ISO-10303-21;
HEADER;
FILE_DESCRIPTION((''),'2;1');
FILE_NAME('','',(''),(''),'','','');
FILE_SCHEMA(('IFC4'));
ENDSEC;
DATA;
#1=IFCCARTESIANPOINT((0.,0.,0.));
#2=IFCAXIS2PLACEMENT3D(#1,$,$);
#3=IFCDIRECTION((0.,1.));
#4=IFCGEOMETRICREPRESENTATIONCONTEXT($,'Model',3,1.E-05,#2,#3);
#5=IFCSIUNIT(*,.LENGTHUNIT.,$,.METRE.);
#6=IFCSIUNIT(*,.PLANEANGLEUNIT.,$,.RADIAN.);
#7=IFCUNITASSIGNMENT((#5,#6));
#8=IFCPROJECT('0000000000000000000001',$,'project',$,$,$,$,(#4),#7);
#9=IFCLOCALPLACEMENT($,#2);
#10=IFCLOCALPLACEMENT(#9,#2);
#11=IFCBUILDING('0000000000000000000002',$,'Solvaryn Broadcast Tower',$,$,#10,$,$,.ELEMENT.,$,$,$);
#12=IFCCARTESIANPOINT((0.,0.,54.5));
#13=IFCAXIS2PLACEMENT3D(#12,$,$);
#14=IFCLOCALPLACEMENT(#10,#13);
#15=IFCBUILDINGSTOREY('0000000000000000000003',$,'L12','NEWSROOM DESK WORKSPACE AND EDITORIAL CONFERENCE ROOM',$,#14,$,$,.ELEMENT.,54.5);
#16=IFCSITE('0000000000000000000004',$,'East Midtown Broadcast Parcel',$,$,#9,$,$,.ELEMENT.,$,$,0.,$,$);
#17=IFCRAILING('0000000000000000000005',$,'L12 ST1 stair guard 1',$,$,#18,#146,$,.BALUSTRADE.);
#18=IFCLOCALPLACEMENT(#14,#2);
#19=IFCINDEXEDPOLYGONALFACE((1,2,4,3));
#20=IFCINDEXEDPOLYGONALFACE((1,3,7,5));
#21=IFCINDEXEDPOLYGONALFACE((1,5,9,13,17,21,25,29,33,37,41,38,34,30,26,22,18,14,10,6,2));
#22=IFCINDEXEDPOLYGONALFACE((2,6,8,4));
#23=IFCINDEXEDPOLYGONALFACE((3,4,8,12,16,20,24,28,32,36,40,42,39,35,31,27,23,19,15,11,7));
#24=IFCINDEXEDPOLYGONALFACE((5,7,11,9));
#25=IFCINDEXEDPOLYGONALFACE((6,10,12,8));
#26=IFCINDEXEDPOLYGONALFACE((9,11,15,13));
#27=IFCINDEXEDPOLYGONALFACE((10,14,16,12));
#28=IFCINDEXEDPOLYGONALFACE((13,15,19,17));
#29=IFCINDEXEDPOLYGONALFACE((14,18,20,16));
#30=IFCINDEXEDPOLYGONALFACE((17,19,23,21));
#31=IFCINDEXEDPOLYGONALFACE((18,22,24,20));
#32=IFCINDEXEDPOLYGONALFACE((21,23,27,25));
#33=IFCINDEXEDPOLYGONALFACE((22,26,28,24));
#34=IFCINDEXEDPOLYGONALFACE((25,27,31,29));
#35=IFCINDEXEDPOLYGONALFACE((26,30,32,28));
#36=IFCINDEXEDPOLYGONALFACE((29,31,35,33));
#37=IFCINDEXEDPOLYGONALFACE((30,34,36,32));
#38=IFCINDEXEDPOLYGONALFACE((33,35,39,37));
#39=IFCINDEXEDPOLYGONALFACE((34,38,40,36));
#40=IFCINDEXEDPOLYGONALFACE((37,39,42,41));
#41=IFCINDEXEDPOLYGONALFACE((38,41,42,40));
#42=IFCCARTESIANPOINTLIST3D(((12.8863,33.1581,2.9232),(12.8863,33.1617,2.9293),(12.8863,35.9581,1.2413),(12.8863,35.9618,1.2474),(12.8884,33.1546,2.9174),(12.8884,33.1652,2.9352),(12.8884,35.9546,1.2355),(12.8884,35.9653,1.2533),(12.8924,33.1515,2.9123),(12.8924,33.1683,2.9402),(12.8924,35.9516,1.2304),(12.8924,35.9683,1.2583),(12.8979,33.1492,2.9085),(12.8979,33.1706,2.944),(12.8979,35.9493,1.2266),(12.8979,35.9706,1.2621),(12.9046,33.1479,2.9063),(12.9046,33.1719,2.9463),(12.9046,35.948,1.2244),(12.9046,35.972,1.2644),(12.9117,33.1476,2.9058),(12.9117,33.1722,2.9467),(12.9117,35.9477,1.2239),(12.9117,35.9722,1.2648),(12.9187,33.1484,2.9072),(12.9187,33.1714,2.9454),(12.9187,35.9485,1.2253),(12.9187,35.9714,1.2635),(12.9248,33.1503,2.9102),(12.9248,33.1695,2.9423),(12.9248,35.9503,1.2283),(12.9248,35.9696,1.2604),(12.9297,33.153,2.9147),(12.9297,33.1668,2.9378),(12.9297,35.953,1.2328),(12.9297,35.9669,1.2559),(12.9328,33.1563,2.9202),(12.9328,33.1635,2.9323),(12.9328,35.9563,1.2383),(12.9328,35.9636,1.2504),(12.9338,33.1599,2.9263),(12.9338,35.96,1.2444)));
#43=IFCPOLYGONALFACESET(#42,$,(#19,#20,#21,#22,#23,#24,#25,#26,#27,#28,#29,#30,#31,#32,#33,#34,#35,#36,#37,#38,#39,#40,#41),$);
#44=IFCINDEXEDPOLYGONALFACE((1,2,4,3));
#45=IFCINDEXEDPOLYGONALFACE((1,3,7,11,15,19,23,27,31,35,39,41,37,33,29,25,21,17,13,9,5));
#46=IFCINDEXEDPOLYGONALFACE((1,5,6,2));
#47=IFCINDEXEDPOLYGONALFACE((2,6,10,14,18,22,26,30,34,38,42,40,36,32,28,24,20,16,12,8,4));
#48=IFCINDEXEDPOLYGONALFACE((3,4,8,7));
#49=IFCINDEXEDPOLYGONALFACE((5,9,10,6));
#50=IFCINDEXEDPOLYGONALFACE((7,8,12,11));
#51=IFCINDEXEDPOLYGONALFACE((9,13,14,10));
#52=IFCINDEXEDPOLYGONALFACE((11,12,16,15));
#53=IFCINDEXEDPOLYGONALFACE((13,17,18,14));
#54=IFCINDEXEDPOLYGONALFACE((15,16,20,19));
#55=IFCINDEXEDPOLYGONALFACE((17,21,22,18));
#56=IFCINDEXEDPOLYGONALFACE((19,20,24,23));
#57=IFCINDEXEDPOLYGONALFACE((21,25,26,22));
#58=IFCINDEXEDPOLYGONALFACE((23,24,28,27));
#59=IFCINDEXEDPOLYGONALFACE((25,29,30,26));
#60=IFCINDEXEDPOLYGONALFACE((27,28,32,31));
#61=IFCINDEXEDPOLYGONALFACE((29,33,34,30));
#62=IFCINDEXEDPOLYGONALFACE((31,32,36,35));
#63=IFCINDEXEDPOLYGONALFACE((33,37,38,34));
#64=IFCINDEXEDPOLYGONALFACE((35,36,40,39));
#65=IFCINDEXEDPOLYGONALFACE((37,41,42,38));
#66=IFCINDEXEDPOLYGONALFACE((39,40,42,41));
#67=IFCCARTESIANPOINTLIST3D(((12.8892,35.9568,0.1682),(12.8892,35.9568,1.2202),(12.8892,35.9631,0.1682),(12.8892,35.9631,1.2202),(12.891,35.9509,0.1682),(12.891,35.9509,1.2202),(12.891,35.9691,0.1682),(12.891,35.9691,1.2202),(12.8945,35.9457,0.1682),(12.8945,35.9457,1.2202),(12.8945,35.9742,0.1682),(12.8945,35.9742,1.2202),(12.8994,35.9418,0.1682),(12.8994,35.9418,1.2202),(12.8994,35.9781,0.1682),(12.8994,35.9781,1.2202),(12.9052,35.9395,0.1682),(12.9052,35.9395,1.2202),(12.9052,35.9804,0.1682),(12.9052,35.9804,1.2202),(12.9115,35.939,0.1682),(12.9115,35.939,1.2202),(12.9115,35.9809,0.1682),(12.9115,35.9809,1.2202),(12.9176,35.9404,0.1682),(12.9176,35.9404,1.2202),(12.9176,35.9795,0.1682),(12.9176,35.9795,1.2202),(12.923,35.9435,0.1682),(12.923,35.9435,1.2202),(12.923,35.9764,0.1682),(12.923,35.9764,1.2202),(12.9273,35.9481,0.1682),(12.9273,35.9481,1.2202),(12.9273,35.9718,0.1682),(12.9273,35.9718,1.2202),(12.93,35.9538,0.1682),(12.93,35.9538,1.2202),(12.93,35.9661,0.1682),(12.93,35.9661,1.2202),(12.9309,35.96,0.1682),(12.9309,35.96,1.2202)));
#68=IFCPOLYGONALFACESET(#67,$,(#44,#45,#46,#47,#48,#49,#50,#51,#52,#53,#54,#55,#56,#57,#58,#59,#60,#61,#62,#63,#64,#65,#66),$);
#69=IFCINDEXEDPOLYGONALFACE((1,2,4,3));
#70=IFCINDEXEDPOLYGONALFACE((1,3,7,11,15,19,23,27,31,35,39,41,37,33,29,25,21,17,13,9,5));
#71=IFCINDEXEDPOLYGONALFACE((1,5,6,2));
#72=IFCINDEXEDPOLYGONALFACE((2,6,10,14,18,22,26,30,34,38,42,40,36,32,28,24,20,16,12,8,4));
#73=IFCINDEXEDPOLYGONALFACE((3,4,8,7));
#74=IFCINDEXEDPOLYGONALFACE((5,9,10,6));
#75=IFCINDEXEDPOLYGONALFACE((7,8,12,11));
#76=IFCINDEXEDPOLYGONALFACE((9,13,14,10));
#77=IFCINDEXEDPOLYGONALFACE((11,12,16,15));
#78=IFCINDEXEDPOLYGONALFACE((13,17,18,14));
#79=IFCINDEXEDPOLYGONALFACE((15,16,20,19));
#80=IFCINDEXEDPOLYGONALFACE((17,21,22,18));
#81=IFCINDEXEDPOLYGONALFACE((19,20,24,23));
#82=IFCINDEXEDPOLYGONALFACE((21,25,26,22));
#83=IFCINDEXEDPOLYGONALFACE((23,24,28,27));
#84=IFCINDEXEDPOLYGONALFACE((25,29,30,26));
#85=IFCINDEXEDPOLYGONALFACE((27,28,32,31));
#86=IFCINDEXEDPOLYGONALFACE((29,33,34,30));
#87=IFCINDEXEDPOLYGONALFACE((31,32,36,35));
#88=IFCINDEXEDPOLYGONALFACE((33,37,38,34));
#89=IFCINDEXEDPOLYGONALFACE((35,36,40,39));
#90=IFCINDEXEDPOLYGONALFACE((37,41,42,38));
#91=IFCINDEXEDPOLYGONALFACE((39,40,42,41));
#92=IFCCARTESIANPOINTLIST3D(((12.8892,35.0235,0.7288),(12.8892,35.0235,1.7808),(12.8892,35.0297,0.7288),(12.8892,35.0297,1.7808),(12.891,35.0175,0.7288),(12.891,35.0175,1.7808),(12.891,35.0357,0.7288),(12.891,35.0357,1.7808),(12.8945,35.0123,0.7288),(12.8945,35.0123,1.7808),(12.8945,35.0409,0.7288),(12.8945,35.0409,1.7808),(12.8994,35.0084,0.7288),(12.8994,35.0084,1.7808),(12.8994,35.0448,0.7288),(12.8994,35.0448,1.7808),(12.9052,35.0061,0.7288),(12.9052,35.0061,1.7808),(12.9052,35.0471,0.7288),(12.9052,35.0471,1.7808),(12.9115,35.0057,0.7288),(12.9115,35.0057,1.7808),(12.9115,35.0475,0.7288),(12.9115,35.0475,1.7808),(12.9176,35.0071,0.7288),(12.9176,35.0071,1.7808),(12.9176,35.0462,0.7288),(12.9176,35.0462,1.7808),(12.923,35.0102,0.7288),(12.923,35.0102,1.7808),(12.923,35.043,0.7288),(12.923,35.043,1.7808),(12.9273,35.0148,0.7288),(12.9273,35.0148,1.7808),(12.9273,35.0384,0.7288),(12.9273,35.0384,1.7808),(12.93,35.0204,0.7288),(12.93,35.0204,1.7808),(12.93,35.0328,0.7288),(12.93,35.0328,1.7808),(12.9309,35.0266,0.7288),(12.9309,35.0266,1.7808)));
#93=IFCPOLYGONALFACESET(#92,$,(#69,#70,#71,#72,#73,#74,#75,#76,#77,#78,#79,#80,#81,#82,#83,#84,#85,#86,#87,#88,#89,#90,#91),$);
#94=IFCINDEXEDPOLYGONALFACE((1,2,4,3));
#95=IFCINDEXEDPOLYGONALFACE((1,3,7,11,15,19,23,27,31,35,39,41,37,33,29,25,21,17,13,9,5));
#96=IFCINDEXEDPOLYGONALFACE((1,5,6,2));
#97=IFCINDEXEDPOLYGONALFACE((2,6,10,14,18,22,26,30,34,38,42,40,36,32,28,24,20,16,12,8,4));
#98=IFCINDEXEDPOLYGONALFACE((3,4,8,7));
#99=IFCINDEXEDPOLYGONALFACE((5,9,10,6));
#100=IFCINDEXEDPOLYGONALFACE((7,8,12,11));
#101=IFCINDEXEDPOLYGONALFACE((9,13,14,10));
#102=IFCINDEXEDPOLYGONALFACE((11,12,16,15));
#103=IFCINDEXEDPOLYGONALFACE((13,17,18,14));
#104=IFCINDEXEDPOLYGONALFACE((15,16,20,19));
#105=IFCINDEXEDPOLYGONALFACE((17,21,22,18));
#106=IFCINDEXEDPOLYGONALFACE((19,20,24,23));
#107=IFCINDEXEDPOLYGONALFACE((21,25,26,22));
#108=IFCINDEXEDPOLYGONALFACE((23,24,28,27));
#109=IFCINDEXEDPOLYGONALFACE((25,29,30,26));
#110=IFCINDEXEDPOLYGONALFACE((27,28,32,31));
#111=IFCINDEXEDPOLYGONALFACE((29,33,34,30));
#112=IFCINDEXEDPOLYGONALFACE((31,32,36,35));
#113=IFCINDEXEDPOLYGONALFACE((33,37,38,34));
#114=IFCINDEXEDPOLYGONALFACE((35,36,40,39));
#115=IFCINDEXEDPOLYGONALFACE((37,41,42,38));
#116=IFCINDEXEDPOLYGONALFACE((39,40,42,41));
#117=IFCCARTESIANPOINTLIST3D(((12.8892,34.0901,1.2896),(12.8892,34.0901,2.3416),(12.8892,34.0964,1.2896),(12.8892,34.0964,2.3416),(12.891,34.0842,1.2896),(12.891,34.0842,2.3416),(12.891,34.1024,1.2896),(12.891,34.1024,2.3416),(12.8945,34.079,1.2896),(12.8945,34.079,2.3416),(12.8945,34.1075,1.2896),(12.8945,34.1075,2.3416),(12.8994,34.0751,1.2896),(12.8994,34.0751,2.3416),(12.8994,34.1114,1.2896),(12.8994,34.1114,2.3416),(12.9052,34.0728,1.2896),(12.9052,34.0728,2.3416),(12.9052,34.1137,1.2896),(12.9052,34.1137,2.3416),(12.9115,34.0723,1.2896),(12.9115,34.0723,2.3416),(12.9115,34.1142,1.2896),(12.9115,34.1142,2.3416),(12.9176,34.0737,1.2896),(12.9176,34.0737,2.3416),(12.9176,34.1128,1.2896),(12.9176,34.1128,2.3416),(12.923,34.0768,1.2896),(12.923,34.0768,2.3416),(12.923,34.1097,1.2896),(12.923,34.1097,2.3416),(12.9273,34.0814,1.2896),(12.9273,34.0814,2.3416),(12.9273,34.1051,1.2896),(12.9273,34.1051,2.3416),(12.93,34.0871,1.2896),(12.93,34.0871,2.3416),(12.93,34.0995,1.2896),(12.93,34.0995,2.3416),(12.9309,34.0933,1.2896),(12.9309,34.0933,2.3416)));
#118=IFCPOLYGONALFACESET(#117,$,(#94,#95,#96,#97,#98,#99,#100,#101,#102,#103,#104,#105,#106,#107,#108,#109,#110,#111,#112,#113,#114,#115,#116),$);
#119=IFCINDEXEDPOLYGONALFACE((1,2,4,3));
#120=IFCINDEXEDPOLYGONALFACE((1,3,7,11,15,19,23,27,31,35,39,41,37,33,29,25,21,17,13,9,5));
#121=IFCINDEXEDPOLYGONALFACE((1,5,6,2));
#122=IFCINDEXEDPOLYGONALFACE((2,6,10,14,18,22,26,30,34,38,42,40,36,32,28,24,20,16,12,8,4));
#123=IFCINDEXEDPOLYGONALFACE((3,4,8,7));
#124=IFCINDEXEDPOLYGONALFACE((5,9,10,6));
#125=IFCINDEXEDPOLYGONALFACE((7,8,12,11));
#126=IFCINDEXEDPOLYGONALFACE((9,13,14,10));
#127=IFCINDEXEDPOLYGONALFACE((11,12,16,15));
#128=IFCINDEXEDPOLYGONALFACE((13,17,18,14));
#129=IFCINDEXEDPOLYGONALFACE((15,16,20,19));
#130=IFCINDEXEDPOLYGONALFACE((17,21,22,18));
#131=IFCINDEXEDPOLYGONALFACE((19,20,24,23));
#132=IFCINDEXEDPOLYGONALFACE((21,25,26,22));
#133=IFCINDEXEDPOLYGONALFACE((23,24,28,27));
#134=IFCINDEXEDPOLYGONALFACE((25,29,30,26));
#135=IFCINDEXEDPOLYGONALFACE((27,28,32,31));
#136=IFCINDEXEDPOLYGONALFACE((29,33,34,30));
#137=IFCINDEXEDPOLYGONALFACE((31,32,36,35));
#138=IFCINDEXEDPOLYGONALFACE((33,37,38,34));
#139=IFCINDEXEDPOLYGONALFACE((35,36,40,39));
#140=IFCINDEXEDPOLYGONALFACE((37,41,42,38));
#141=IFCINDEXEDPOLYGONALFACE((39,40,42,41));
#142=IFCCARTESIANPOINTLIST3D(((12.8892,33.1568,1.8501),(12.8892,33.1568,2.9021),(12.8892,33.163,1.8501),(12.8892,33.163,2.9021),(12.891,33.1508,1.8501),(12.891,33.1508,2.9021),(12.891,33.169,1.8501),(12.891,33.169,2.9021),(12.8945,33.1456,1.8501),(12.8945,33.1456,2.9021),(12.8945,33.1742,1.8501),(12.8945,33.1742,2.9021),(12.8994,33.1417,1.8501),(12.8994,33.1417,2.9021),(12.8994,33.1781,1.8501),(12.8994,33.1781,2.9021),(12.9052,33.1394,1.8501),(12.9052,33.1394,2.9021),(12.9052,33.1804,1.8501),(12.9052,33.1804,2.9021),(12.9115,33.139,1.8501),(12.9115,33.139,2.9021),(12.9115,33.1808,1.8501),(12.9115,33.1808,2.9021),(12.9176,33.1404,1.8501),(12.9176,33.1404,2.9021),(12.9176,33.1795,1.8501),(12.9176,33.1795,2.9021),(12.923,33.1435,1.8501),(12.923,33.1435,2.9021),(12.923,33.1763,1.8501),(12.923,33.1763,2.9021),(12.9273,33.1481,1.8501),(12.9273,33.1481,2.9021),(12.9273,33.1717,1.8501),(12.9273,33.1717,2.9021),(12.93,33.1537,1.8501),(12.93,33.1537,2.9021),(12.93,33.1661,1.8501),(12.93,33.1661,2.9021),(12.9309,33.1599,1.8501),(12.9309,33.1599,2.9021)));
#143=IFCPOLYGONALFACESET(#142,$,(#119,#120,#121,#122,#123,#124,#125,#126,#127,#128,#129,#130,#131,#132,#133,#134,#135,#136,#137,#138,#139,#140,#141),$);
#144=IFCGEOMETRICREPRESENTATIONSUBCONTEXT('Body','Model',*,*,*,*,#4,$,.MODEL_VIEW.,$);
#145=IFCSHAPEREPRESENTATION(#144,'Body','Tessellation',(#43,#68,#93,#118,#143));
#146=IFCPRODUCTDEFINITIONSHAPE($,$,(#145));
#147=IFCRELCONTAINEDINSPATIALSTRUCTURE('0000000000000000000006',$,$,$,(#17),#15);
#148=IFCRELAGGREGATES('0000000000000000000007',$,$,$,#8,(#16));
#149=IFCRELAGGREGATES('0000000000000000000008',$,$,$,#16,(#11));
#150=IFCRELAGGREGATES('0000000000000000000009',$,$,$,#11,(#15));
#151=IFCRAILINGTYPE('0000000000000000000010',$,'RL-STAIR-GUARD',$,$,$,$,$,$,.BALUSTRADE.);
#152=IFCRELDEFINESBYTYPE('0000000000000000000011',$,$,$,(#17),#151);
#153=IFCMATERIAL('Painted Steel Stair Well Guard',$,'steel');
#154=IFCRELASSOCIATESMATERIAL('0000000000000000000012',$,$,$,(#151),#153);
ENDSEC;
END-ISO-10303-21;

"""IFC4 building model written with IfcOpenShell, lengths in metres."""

from ifc_helpers import new_model, si_unit, direction, frame, origin, origin_2d, place, context, subcontext, project, spatial, circle, extrude, material, type_object, element, save


model = new_model("IFC4")

# Units and contexts
model_context = context("Model", 3, precision=1e-05, world=origin(), true_north=direction((0.0, 1.0)))
body_context = subcontext(model_context, "Body", "Model", "MODEL_VIEW")
ifc_project = project(units=[si_unit("LENGTHUNIT", "METRE"), si_unit("PLANEANGLEUNIT", "RADIAN")], contexts=[model_context])

# Site, building, storey
site_placement = place(None, origin())
site = spatial("IfcSite", under=ifc_project, at=site_placement, Name="East Midtown Broadcast Parcel", CompositionType="ELEMENT", RefElevation=0.0)
building_placement = place(site_placement, origin())
building = spatial("IfcBuilding", under=site, at=building_placement, Name="Solvaryn Broadcast Tower", CompositionType="ELEMENT")
storey_placement = place(building_placement, frame((0.0, 0.0, 54.5)))
storey = spatial("IfcBuildingStorey", under=building, at=storey_placement, Name="L12", Description="NEWSROOM DESK WORKSPACE AND EDITORIAL CONFERENCE ROOM", CompositionType="ELEMENT", Elevation=54.5)

# Railing
ifc_material_1 = material(Name="Painted Steel Stair Well Guard", Category="steel")
railing_type_1 = type_object("IfcRailingType", Name="RL-STAIR-GUARD", PredefinedType="BALUSTRADE", material=ifc_material_1)
railing_1_placement = place(storey_placement, frame((12.9099, 35.96, 0.1682)))
element("IfcRailing", 1, at=railing_1_placement, inside=storey, type_object=railing_type_1, Name="L12 ST1 stair guard 1", PredefinedType="BALUSTRADE", context=body_context, shape_type="SweptSolid", body=[
    extrude(circle(Radius=0.0239, at=origin_2d()), frame((0.0, 0.0, 1.0762), z_axis=(0.0, -0.857242, 0.514913), x_axis=(1.0, 0.0, 0.0)), (0.0, 0.0, 1.0), 3.2664),
    extrude(circle(Radius=0.021, at=origin_2d()), origin(), (0.0, 0.0, 1.0), 1.052),
    extrude(circle(Radius=0.021, at=origin_2d()), frame((0.0, -0.9333, 0.5605)), (0.0, 0.0, 1.0), 1.052),
    extrude(circle(Radius=0.021, at=origin_2d()), frame((0.0, -1.8667, 1.1213)), (0.0, 0.0, 1.0), 1.052),
    extrude(circle(Radius=0.021, at=origin_2d()), frame((0.0, -2.8, 1.6819)), (0.0, 0.0, 1.0), 1.052),
])

save(model, "model.ifc")
